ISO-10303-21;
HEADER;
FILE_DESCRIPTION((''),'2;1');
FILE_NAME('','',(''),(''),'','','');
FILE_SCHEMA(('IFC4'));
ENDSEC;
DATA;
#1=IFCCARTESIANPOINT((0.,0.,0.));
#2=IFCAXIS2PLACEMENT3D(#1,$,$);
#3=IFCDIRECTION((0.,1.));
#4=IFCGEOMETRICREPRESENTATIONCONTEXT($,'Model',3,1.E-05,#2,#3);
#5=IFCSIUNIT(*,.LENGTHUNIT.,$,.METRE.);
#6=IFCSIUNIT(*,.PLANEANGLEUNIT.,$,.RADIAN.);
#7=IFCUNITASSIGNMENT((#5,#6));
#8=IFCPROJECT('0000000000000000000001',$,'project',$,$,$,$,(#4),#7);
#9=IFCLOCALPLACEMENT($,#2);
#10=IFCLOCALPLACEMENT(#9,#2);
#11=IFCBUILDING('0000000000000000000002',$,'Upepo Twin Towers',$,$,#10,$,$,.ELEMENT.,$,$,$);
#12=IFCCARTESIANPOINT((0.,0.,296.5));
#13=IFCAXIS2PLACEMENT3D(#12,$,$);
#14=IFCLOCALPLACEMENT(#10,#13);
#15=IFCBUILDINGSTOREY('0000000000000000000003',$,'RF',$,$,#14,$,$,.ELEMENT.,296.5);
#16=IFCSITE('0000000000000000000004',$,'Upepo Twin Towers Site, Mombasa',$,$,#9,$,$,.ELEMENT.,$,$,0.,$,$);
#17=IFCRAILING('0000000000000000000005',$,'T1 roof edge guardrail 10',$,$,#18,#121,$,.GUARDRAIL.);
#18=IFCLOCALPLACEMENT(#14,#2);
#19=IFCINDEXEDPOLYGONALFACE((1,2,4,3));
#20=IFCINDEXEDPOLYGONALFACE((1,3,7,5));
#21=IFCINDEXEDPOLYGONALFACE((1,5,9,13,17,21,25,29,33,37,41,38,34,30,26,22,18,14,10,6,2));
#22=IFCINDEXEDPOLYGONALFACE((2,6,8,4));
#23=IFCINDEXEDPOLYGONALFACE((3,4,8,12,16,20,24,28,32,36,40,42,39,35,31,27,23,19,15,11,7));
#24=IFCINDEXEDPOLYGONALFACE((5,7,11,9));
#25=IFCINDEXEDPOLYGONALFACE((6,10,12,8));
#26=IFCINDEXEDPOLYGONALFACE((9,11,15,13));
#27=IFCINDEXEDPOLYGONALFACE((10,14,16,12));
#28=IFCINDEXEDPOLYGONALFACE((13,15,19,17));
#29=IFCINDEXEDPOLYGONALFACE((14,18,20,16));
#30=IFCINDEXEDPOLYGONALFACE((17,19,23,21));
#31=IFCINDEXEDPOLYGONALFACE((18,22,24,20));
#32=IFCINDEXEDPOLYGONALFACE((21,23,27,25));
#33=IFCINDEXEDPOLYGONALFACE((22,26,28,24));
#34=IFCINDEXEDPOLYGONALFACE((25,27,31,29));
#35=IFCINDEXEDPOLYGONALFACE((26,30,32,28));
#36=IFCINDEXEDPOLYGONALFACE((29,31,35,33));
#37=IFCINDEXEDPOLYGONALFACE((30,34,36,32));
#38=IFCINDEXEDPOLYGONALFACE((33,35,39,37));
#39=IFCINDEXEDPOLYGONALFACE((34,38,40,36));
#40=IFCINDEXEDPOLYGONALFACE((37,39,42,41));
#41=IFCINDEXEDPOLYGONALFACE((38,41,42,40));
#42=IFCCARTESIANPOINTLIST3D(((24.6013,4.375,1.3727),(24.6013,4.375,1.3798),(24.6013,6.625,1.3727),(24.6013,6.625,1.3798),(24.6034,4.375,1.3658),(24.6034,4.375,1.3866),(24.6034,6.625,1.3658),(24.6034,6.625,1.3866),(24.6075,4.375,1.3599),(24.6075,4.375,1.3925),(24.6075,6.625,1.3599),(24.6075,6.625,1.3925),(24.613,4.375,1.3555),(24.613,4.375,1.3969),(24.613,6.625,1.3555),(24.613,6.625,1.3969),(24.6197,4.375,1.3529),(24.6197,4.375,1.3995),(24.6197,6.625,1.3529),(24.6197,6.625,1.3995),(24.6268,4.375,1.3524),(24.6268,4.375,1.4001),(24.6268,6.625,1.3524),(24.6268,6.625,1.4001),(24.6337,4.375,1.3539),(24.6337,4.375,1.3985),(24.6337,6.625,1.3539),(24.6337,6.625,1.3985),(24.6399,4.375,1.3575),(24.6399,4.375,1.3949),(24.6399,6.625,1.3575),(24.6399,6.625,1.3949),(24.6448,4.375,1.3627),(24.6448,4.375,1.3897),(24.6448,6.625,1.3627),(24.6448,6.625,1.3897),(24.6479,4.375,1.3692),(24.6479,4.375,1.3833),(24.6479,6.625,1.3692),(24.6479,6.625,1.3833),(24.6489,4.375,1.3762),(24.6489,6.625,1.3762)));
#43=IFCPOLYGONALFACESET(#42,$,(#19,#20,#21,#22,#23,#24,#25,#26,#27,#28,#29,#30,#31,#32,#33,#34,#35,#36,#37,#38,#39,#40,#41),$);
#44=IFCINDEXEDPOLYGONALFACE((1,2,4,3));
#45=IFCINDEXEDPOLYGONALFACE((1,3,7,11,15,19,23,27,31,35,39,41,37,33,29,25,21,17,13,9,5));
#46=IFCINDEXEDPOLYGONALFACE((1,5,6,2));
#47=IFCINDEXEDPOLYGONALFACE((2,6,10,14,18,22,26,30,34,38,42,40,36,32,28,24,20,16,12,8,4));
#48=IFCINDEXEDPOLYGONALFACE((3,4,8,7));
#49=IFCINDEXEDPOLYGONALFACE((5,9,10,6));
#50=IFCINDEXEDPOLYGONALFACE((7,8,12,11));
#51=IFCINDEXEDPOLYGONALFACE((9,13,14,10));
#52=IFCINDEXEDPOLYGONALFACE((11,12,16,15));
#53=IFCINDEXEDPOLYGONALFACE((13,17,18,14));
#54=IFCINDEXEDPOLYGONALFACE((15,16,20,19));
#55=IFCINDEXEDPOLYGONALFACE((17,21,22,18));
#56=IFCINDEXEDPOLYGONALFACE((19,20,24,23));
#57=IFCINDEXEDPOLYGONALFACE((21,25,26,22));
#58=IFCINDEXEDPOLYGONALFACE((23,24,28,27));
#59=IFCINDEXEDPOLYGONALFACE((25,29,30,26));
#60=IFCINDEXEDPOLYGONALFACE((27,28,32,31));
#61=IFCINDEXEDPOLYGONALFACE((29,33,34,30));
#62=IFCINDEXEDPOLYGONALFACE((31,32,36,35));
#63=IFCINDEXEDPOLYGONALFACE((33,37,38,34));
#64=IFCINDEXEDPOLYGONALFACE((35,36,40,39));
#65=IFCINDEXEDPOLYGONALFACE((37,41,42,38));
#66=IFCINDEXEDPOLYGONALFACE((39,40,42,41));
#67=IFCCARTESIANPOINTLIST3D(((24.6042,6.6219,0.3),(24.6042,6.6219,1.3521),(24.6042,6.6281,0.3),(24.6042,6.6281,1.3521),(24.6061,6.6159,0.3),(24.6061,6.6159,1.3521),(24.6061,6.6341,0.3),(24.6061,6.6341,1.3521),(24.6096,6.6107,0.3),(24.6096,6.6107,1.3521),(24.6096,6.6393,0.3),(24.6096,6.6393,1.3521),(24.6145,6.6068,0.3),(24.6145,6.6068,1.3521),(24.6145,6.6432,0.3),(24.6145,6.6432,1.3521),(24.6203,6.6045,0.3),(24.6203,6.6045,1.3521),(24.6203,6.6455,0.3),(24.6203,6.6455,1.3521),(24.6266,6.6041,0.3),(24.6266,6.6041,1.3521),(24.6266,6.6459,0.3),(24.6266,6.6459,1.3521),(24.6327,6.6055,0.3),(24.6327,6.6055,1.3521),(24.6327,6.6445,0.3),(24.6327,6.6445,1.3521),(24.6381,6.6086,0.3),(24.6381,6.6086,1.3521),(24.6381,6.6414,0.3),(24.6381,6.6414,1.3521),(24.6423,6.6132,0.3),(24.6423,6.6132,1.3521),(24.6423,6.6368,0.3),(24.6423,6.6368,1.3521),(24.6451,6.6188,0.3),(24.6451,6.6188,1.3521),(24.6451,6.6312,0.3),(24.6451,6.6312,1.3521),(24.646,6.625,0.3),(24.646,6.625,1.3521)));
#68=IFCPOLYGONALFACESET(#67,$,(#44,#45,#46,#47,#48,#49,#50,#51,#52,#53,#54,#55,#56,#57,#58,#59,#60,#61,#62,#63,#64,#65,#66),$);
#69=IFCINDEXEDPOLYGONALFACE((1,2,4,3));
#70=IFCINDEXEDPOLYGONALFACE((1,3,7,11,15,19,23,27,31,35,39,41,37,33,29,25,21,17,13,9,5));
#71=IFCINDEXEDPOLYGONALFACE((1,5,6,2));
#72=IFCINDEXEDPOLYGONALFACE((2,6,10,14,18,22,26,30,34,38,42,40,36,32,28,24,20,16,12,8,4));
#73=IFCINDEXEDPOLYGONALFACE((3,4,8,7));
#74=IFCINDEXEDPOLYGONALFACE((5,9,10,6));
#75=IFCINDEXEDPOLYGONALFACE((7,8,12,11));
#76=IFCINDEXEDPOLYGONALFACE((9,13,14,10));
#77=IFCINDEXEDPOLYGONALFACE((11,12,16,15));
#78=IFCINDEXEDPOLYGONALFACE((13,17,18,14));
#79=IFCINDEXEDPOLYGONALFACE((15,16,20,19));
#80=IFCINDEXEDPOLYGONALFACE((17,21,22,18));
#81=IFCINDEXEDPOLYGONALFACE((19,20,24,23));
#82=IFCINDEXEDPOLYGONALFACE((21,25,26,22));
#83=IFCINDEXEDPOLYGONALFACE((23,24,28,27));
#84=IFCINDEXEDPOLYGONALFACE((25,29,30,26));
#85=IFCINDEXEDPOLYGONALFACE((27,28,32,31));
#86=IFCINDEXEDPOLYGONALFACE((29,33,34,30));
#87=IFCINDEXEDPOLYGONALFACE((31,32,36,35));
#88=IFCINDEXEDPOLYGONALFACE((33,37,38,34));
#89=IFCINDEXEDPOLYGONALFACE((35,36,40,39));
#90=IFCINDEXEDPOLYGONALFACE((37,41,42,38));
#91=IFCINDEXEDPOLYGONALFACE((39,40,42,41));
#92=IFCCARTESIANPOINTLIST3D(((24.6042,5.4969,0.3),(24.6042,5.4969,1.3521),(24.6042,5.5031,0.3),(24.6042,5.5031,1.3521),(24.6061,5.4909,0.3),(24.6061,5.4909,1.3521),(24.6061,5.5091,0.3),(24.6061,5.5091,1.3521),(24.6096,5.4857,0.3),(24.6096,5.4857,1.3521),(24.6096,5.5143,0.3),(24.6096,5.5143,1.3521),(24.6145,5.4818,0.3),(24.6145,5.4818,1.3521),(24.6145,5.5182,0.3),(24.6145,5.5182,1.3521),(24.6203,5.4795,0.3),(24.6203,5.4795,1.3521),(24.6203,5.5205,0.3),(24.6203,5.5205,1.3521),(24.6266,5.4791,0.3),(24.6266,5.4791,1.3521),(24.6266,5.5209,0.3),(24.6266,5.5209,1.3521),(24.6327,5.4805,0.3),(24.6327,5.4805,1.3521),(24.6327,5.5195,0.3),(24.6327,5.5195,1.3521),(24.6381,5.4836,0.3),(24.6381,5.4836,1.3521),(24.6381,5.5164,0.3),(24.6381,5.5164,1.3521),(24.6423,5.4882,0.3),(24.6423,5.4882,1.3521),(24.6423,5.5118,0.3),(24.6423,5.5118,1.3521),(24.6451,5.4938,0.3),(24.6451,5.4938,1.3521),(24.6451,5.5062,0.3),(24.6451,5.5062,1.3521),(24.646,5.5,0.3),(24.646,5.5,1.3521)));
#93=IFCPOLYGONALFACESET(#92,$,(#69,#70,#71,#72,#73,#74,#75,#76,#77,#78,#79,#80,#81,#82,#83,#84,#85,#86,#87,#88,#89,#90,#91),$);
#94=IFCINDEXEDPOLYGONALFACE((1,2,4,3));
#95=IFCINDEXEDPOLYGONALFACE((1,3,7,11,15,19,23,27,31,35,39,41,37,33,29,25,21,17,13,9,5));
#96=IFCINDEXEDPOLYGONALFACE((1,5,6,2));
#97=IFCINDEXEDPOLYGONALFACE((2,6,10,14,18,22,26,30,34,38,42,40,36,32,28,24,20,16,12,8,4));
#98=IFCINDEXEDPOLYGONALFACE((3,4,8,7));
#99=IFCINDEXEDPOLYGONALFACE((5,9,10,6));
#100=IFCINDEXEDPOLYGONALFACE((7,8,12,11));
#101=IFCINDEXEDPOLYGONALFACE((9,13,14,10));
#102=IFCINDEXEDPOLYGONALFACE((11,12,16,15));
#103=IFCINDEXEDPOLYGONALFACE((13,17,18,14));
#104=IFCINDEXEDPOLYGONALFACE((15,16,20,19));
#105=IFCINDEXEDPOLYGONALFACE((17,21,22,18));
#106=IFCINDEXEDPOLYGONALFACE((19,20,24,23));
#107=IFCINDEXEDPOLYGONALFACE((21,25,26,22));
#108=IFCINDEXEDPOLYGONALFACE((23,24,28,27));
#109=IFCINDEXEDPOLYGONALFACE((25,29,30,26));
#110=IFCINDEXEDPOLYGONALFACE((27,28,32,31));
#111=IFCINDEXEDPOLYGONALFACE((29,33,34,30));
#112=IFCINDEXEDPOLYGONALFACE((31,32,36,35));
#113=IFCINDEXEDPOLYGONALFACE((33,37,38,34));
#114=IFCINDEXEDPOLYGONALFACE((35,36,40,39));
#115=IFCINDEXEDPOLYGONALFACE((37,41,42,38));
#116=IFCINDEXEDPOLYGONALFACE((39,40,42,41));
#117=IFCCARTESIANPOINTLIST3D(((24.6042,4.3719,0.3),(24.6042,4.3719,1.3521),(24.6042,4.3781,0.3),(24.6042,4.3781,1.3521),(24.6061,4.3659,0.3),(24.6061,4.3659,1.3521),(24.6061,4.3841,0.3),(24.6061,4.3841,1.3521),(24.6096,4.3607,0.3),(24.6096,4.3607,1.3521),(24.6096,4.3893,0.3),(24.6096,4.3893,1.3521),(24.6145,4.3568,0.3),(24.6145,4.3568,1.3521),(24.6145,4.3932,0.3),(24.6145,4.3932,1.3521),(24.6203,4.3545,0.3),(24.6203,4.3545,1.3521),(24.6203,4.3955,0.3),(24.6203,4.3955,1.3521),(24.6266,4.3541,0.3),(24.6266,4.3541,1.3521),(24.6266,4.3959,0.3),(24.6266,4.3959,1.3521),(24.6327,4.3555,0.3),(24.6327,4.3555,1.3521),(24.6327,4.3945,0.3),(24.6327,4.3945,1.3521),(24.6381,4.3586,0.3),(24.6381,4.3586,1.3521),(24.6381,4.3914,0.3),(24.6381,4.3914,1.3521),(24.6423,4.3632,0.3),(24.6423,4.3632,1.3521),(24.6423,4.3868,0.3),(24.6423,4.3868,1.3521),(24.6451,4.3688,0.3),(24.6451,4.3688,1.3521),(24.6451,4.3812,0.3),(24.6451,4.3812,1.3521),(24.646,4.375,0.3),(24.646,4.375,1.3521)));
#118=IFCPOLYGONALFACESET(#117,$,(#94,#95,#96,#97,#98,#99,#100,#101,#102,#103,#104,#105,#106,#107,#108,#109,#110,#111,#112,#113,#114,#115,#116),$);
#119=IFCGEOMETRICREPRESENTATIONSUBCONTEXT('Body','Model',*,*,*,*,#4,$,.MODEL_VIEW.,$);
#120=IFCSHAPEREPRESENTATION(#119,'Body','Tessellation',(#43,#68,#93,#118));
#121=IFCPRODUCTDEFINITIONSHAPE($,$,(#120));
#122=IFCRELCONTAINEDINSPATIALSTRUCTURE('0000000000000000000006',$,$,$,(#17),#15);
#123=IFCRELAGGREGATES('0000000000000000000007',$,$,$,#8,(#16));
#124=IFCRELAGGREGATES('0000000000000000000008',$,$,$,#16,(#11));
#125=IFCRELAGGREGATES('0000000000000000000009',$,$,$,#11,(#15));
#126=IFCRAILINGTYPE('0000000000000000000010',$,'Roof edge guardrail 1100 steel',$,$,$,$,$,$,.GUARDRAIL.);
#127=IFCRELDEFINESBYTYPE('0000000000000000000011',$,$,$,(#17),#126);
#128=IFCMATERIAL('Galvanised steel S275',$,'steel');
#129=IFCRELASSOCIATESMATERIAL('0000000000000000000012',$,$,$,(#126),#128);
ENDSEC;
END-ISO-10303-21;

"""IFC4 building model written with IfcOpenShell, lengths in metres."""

from ifc_helpers import new_model, si_unit, direction, frame, origin, origin_2d, place, context, subcontext, project, spatial, circle, extrude, material, type_object, element, save


model = new_model("IFC4")

# Units and contexts
model_context = context("Model", 3, precision=1e-05, world=origin(), true_north=direction((0.0, 1.0)))
body_context = subcontext(model_context, "Body", "Model", "MODEL_VIEW")
ifc_project = project(units=[si_unit("LENGTHUNIT", "METRE"), si_unit("PLANEANGLEUNIT", "RADIAN")], contexts=[model_context])

# Site, building, storey
site_placement = place(None, origin())
site = spatial("IfcSite", under=ifc_project, at=site_placement, Name="Upepo Twin Towers Site, Mombasa", CompositionType="ELEMENT", RefElevation=0.0)
building_placement = place(site_placement, origin())
building = spatial("IfcBuilding", under=site, at=building_placement, Name="Upepo Twin Towers", CompositionType="ELEMENT")
storey_placement = place(building_placement, frame((0.0, 0.0, 296.5)))
storey = spatial("IfcBuildingStorey", under=building, at=storey_placement, Name="RF", CompositionType="ELEMENT", Elevation=296.5)

# Railing
ifc_material_1 = material(Name="Galvanised steel S275", Category="steel")
railing_type = type_object("IfcRailingType", Name="Roof edge guardrail 1100 steel", PredefinedType="GUARDRAIL", material=ifc_material_1)
railing_1_placement = place(storey_placement, frame((24.625, 6.625, 0.3)))
element("IfcRailing", 1, at=railing_1_placement, inside=storey, type_object=railing_type, Name="T1 roof edge guardrail 10", PredefinedType="GUARDRAIL", context=body_context, shape_type="SweptSolid", body=[
    extrude(circle(Radius=0.0239, at=origin_2d()), frame((0.0, 0.0, 1.0762), z_axis=(0.0, -1.0, 0.0), x_axis=(1.0, 0.0, 0.0)), (0.0, 0.0, 1.0), 2.25),
    extrude(circle(Radius=0.021, at=origin_2d()), origin(), (0.0, 0.0, 1.0), 1.052),
    extrude(circle(Radius=0.021, at=origin_2d()), frame((0.0, -1.125, 0.0)), (0.0, 0.0, 1.0), 1.052),
    extrude(circle(Radius=0.021, at=origin_2d()), frame((0.0, -2.25, 0.0)), (0.0, 0.0, 1.0), 1.052),
])

save(model, "model.ifc")
